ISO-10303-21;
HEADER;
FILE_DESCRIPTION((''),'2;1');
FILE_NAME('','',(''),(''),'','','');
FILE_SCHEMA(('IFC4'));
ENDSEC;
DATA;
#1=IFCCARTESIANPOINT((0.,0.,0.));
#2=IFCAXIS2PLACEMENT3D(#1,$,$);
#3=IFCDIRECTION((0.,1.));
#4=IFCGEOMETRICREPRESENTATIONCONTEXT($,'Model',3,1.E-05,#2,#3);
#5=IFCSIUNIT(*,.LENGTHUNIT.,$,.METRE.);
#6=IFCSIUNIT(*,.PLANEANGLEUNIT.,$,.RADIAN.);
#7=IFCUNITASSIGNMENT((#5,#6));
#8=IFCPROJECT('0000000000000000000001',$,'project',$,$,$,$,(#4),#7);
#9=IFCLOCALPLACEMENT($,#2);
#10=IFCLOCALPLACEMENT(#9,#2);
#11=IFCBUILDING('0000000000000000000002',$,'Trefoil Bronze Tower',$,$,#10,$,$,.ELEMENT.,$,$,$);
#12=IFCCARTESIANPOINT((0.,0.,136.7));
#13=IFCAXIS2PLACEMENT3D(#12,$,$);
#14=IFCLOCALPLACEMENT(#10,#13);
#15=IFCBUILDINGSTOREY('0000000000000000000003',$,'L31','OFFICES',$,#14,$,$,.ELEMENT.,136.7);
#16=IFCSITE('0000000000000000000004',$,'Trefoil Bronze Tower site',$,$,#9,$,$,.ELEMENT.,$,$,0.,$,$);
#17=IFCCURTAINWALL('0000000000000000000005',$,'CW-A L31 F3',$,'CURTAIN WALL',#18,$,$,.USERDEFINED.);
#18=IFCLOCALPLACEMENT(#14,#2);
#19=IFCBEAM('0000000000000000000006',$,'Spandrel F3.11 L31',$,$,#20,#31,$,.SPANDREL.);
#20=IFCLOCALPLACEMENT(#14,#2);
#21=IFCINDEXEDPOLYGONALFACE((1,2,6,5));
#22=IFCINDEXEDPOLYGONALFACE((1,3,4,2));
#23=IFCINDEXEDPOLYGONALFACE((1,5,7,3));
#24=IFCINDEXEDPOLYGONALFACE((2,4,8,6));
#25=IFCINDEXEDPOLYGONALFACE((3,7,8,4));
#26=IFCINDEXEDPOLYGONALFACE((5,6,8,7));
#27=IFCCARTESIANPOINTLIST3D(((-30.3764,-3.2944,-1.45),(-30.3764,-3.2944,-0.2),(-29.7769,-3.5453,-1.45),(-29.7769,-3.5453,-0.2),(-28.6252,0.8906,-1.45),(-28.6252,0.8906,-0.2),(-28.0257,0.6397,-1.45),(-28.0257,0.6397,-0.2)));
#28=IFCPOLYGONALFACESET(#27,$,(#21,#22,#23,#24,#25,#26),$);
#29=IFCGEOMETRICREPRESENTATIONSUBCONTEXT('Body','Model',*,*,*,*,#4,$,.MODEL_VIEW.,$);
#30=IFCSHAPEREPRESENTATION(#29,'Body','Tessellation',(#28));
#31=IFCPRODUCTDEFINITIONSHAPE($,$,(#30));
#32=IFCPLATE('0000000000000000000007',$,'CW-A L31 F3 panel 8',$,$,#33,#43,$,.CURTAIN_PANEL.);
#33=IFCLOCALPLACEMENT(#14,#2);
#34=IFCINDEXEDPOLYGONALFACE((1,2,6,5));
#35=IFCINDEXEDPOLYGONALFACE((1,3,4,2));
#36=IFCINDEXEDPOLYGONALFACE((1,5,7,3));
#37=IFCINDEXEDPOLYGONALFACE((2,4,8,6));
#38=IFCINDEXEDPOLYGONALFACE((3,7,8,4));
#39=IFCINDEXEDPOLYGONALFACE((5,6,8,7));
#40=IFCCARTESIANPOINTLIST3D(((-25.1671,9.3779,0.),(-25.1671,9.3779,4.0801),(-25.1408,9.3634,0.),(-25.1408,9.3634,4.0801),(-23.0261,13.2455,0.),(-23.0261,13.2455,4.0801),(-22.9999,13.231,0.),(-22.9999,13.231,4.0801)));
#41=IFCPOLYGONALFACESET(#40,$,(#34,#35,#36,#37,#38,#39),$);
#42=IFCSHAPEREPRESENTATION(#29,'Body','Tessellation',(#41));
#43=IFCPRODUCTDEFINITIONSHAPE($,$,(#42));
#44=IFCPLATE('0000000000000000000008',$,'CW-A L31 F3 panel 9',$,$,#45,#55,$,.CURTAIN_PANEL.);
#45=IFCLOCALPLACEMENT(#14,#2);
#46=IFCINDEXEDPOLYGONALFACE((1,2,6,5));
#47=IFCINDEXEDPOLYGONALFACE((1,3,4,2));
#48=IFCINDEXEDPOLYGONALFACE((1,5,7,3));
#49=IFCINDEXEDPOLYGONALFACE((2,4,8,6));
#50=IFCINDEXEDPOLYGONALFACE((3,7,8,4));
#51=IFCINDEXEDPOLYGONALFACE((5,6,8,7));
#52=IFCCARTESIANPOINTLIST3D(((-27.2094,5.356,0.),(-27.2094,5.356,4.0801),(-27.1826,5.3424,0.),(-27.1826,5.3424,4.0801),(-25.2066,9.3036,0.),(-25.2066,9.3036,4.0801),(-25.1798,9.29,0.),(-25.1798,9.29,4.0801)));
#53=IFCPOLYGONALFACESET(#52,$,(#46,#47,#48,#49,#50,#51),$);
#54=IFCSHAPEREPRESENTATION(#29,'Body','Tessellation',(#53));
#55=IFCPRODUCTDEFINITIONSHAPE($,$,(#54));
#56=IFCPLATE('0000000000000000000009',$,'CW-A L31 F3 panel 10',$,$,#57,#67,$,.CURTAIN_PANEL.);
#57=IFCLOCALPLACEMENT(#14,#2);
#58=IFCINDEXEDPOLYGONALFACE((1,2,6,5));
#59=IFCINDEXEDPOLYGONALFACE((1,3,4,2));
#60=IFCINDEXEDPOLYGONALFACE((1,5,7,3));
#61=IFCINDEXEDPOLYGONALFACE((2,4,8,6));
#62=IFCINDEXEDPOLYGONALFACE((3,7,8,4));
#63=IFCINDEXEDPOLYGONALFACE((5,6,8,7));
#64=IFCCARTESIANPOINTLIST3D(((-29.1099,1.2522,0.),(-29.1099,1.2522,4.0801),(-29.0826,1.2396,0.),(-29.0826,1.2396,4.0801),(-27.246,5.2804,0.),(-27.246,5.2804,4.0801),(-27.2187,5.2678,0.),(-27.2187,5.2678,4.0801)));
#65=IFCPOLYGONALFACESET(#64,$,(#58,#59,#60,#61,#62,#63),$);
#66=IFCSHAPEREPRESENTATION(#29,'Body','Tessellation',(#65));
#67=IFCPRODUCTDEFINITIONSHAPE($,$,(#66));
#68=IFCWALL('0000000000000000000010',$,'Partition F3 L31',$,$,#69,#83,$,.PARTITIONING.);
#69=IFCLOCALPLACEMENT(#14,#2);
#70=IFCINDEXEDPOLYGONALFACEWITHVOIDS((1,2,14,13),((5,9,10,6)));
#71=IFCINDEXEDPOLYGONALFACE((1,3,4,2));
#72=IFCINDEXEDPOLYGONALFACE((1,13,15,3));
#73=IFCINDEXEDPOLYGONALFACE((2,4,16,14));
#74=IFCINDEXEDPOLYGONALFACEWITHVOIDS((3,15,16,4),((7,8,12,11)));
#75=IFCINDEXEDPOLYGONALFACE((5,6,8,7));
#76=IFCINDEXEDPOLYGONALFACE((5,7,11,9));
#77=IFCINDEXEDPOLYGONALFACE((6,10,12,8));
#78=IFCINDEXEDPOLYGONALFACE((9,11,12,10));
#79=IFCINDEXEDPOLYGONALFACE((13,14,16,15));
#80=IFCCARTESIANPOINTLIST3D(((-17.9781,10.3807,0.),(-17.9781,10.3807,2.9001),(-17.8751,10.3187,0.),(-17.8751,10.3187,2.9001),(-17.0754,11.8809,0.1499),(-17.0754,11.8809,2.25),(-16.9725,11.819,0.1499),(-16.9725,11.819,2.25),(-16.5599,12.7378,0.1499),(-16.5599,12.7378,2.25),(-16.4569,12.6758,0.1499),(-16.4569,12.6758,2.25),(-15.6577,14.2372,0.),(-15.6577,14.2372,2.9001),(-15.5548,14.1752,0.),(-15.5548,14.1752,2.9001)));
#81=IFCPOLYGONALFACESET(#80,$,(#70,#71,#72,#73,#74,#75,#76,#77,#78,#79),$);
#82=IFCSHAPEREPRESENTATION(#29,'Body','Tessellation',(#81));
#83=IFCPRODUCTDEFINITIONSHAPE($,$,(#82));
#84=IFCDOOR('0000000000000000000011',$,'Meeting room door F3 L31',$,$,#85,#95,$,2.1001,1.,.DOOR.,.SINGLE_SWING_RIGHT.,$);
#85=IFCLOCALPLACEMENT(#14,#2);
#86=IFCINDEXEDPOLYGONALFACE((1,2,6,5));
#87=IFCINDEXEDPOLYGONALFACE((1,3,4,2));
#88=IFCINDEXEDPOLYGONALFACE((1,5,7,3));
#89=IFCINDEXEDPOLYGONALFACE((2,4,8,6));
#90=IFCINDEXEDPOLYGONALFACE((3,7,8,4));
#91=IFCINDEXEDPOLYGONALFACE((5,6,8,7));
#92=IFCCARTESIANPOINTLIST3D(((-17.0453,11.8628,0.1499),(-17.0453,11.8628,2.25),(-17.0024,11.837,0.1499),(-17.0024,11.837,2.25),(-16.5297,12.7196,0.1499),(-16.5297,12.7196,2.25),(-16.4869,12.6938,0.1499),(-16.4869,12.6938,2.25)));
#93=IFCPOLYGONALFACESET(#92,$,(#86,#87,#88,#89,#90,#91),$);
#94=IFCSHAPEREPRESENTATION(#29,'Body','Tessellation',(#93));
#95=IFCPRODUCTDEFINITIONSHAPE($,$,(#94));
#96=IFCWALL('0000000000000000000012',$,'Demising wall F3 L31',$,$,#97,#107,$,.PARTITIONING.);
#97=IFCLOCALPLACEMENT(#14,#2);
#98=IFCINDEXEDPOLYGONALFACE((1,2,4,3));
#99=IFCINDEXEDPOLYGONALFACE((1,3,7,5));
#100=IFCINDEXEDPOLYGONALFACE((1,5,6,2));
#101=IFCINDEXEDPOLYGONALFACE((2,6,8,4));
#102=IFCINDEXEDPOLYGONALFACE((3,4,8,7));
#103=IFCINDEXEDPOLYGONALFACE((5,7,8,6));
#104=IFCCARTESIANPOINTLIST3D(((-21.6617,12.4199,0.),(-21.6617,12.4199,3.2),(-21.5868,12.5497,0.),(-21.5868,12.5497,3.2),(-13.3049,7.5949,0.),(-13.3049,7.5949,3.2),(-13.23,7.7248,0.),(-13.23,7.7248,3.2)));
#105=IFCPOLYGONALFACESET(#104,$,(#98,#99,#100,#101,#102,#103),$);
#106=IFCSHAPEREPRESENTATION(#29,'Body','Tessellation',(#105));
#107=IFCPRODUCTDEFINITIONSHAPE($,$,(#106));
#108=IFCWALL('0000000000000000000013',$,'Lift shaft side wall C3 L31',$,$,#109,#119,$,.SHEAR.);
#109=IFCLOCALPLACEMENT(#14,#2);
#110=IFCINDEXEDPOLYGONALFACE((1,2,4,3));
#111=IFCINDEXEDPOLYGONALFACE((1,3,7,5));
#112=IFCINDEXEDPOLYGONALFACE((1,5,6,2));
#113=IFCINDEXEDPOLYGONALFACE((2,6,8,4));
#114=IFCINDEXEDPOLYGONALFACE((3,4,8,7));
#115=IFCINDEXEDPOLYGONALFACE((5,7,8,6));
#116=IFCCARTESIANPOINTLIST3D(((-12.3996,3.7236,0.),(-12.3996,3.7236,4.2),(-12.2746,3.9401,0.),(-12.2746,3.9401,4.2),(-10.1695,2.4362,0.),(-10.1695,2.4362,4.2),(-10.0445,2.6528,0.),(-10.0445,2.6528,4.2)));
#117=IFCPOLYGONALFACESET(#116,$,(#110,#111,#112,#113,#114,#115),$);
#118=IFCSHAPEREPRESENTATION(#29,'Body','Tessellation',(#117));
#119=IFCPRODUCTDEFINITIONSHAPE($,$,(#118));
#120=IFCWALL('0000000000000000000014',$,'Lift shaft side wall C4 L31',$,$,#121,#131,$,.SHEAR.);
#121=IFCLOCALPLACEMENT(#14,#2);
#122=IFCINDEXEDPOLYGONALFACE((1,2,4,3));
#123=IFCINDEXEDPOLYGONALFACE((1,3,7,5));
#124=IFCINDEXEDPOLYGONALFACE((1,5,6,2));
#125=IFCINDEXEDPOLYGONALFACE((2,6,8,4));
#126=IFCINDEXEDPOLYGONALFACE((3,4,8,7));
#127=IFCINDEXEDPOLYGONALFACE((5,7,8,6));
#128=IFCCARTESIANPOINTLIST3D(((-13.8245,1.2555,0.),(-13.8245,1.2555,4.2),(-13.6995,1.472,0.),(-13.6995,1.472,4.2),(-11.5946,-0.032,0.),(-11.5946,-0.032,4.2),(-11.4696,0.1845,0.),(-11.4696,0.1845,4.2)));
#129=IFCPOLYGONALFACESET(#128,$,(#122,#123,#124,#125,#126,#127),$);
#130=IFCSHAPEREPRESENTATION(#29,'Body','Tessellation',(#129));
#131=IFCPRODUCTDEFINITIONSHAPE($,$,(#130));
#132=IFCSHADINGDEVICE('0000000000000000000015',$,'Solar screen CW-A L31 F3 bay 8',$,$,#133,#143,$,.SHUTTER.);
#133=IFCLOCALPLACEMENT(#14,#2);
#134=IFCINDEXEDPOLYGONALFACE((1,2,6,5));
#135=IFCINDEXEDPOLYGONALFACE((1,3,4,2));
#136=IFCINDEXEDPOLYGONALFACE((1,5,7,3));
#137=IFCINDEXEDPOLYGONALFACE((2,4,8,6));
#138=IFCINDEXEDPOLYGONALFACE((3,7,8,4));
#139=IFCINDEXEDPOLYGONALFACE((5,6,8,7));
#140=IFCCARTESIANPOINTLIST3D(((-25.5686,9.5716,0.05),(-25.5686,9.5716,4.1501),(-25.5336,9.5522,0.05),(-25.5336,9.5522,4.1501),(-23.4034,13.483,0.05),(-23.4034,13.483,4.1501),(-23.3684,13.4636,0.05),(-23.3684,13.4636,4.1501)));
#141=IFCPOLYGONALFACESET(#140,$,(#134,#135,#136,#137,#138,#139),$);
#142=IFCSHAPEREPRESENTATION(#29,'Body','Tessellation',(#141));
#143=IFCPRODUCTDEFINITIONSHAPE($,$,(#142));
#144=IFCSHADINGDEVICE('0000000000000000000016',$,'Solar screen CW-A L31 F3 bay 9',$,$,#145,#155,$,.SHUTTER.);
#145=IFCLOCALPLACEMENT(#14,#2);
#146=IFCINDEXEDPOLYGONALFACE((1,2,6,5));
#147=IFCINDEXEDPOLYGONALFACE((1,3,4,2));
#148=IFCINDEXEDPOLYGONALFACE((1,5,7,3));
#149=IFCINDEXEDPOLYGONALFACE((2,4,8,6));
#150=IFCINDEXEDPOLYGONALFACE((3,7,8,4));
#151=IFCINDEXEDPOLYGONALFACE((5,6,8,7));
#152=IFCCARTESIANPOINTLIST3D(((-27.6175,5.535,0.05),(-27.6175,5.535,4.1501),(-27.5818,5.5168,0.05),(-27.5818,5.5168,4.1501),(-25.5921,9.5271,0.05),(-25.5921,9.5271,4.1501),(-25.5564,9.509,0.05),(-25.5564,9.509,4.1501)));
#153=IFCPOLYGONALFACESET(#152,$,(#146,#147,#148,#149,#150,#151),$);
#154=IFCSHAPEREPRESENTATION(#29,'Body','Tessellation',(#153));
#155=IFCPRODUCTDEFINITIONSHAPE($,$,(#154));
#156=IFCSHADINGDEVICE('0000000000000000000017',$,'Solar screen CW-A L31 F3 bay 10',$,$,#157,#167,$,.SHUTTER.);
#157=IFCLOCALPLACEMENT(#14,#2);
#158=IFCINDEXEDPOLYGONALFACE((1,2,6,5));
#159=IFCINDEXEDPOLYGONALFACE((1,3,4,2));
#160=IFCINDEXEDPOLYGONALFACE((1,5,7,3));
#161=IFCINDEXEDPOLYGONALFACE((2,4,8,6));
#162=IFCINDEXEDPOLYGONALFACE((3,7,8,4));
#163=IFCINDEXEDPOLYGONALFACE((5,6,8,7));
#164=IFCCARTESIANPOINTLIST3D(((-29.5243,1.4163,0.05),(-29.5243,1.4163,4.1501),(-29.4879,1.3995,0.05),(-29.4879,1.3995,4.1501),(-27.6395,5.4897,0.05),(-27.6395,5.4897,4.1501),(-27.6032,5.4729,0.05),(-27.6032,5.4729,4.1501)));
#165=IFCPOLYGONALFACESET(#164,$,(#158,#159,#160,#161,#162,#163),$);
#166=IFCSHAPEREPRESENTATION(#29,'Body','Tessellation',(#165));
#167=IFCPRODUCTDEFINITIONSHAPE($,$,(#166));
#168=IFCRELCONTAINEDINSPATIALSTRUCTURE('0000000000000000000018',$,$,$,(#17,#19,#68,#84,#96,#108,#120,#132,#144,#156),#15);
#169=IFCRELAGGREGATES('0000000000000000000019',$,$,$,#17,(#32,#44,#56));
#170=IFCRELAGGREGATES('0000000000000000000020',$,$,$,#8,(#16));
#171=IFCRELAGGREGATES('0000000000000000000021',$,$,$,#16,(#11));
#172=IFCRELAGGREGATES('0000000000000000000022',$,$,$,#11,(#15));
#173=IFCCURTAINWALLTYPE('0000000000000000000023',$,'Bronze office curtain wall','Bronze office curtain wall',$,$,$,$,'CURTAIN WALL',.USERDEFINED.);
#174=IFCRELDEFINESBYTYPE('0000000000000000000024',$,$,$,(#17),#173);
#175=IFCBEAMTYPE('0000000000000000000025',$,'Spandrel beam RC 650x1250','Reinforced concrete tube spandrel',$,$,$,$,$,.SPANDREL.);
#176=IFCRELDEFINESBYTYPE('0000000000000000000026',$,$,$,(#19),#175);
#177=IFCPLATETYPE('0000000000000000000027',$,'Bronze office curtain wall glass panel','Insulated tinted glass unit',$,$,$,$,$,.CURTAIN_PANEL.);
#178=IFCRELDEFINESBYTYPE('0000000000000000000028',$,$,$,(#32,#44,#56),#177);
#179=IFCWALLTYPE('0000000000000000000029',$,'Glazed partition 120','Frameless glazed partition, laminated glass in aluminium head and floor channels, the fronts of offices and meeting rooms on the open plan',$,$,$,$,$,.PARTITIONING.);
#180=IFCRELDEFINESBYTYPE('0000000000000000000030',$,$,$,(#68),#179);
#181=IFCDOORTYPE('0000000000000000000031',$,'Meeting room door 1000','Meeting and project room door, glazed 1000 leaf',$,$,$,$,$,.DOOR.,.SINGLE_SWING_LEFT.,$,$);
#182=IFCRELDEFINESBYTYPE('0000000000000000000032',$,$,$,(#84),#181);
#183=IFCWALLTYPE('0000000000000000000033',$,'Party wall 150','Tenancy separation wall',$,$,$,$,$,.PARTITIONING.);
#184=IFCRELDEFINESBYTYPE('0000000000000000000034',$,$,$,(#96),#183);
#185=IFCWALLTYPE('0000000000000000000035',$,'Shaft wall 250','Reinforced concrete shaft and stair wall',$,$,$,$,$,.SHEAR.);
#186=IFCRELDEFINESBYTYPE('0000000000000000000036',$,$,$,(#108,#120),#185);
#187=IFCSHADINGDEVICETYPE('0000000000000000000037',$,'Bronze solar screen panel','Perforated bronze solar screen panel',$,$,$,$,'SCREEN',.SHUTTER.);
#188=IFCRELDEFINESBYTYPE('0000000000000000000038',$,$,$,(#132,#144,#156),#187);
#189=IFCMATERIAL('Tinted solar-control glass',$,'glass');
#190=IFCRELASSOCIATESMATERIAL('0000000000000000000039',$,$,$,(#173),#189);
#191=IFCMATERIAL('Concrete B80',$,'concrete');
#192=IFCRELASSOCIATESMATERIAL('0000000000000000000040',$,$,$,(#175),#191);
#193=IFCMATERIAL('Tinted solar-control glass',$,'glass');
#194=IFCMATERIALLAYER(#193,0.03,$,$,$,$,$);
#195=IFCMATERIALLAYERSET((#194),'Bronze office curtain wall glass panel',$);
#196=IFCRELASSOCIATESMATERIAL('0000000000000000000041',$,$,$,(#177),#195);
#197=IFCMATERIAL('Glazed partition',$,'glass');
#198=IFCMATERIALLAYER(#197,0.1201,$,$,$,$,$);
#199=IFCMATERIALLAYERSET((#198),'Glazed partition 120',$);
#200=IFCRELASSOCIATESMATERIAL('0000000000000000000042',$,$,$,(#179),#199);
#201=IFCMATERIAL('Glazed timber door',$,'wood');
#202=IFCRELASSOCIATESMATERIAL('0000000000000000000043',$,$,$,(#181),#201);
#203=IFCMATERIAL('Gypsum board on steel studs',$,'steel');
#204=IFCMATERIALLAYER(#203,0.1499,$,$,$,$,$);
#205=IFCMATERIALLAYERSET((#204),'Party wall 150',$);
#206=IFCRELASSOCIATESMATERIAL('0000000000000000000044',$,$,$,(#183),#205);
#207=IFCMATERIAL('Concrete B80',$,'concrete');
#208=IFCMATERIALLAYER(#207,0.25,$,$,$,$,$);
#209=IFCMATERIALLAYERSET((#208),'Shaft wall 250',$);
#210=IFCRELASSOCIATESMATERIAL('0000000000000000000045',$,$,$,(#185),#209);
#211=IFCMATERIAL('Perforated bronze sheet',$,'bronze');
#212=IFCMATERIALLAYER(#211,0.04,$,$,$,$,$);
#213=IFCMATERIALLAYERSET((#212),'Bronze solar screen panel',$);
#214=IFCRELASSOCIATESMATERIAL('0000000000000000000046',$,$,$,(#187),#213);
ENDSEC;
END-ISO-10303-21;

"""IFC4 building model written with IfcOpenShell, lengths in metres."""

from ifc_helpers import new_model, si_unit, direction, frame, frame_2d, origin, origin_2d, place, context, subcontext, project, spatial, rectangle, extrude, material, layer, layer_set, material_profile, profile_set, type_object, element, fill, aggregate, save


model = new_model("IFC4")

# Units and contexts
model_context = context("Model", 3, precision=1e-05, world=origin(), true_north=direction((0.0, 1.0)))
body_context = subcontext(model_context, "Body", "Model", "MODEL_VIEW")
ifc_project = project(units=[si_unit("LENGTHUNIT", "METRE"), si_unit("PLANEANGLEUNIT", "RADIAN")], contexts=[model_context])

# Site, building, storey
site_placement = place(None, origin())
site = spatial("IfcSite", under=ifc_project, at=site_placement, Name="Trefoil Bronze Tower site", CompositionType="ELEMENT", RefElevation=0.0)
building_placement = place(site_placement, origin())
building = spatial("IfcBuilding", under=site, at=building_placement, Name="Trefoil Bronze Tower", CompositionType="ELEMENT")
storey_placement = place(building_placement, frame((0.0, 0.0, 136.7)))
storey = spatial("IfcBuildingStorey", under=building, at=storey_placement, Name="L31", Description="OFFICES", CompositionType="ELEMENT", Elevation=136.7)

# Curtain wall
ifc_material_1 = material(Name="Tinted solar-control glass", Category="glass")
curtain_wall_type = type_object("IfcCurtainWallType", Name="Bronze office curtain wall", Description="Bronze office curtain wall", ElementType="CURTAIN WALL", PredefinedType="USERDEFINED", material=ifc_material_1)
curtain_wall_placement = place(storey_placement, origin())
curtain_wall = element("IfcCurtainWall", 1, at=curtain_wall_placement, inside=storey, type_object=curtain_wall_type, Name="CW-A L31 F3", ObjectType="CURTAIN WALL", PredefinedType="USERDEFINED")

# Beam
ifc_material_2 = material(Name="Concrete B80", Category="concrete")
ifc_material_profile_1 = material_profile(ifc_material_2, rectangle(XDim=0.6499, YDim=1.25, at=origin_2d()), Name="RC 650x1250")
ifc_profile_set_1 = profile_set([ifc_material_profile_1], Name="Concrete B80")
beam_type_1 = type_object("IfcBeamType", Name="Spandrel beam RC 650x1250", Description="Reinforced concrete tube spandrel", PredefinedType="SPANDREL", material=ifc_profile_set_1)
beam_1_placement = place(storey_placement, frame((-28.3254, 0.7651, -0.825), z_axis=(-0.386013, -0.922493, 0.0), x_axis=(0.922493, -0.386013, 0.0)))
element("IfcBeam", 2, at=beam_1_placement, inside=storey, type_object=beam_type_1, Name="Spandrel F3.11 L31", PredefinedType="SPANDREL", context=body_context, shape_type="SweptSolid", body=[
    extrude(rectangle(XDim=0.6499, YDim=1.25, at=origin_2d()), origin(), (0.0, 0.0, 1.0), 4.5366),
])

# Plates
ifc_material_3 = material(Name="Tinted solar-control glass", Category="glass")
ifc_layer_1 = layer(ifc_material_3, 0.03)
ifc_layer_set_1 = layer_set([ifc_layer_1], Name="Bronze office curtain wall glass panel")
plate_type = type_object("IfcPlateType", Name="Bronze office curtain wall glass panel", Description="Insulated tinted glass unit", PredefinedType="CURTAIN_PANEL", material=ifc_layer_set_1)
plate_1_placement = place(storey_placement, frame((-24.0835, 11.3044, 0.0), z_axis=(0.0, 0.0, 1.0), x_axis=(-0.484312, -0.874895, 0.0)))
plate_1 = element("IfcPlate", 3, at=plate_1_placement, type_object=plate_type, Name="CW-A L31 F3 panel 8", PredefinedType="CURTAIN_PANEL", context=body_context, shape_type="SweptSolid", body=[
    extrude(rectangle(XDim=4.4207, YDim=0.03, at=origin_2d()), origin(), (0.0, 0.0, 1.0), 4.0801),
])
plate_2_placement = place(storey_placement, frame((-26.1946, 7.323, 0.0), z_axis=(0.0, 0.0, 1.0), x_axis=(-0.452449, -0.89179, 0.0)))
plate_2 = element("IfcPlate", 4, at=plate_2_placement, type_object=plate_type, Name="CW-A L31 F3 panel 9", PredefinedType="CURTAIN_PANEL", context=body_context, shape_type="SweptSolid", body=[
    extrude(rectangle(XDim=4.4265, YDim=0.03, at=origin_2d()), origin(), (0.0, 0.0, 1.0), 4.0801),
])
plate_3_placement = place(storey_placement, frame((-28.1643, 3.26, 0.0), z_axis=(0.0, 0.0, 1.0), x_axis=(-0.419933, -0.907555, 0.0)))
plate_3 = element("IfcPlate", 5, at=plate_3_placement, type_object=plate_type, Name="CW-A L31 F3 panel 10", PredefinedType="CURTAIN_PANEL", context=body_context, shape_type="SweptSolid", body=[
    extrude(rectangle(XDim=4.4385, YDim=0.03, at=origin_2d()), origin(), (0.0, 0.0, 1.0), 4.0801),
])
aggregate(curtain_wall, [plate_1, plate_2, plate_3])

# Wall, opening, door
ifc_material_4 = material(Name="Glazed partition", Category="glass")
ifc_layer_2 = layer(ifc_material_4, 0.1201)
ifc_layer_set_2 = layer_set([ifc_layer_2], Name="Glazed partition 120")
wall_type_1 = type_object("IfcWallType", Name="Glazed partition 120", Description="Frameless glazed partition, laminated glass in aluminium head and floor channels, the fronts of offices and meeting rooms on the open plan", PredefinedType="PARTITIONING", material=ifc_layer_set_2)
wall_1_placement = place(storey_placement, frame((-15.6062, 14.2063, 0.0), z_axis=(0.0, 0.0, 1.0), x_axis=(-0.515548, -0.85686, 0.0)))
wall_1 = element("IfcWall", 6, at=wall_1_placement, inside=storey, type_object=wall_type_1, Name="Partition F3 L31", PredefinedType="PARTITIONING", context=body_context, shape_type="SweptSolid", body=[
    extrude(rectangle(XDim=4.5007, YDim=0.1201, at=frame_2d((2.2505, 0.0))), origin(), (0.0, 0.0, 1.0), 2.9001),
])
opening_placement = place(wall_1_placement, frame((1.75, 0.0, 0.1499)))
opening = element("IfcOpeningElement", 7, at=opening_placement, cuts=wall_1, PredefinedType="OPENING", context=body_context, shape_type="SweptSolid", body=[
    extrude(rectangle(XDim=1.0, YDim=2.1001, at=frame_2d((0.5, 1.05))), frame((0.0, 0.0701, 0.0), z_axis=(0.0, -1.0, 0.0), x_axis=(1.0, 0.0, 0.0)), (0.0, 0.0, 1.0), 0.1401),
])
ifc_material_5 = material(Name="Glazed timber door", Category="wood")
door_type = type_object("IfcDoorType", Name="Meeting room door 1000", Description="Meeting and project room door, glazed 1000 leaf", OperationType="SINGLE_SWING_LEFT", PredefinedType="DOOR", material=ifc_material_5)
door_placement = place(opening_placement, frame((1.0, 0.0, 0.0), z_axis=(0.0, 0.0, 1.0), x_axis=(-1.0, 0.0, 0.0)))
door = element("IfcDoor", 8, at=door_placement, inside=storey, type_object=door_type, Name="Meeting room door F3 L31", OperationType="SINGLE_SWING_RIGHT", OverallHeight=2.1001, OverallWidth=1.0, PredefinedType="DOOR", context=body_context, shape_type="SweptSolid", body=[
    extrude(rectangle(XDim=1.0, YDim=2.1001, at=frame_2d((0.5, 1.05))), frame((0.0, 0.0249, 0.0), z_axis=(0.0, -1.0, 0.0), x_axis=(1.0, 0.0, 0.0)), (0.0, 0.0, 1.0), 0.05),
])
fill(opening, door)

# Walls
ifc_material_6 = material(Name="Gypsum board on steel studs", Category="steel")
ifc_layer_3 = layer(ifc_material_6, 0.1499)
ifc_layer_set_3 = layer_set([ifc_layer_3], Name="Party wall 150")
wall_type_2 = type_object("IfcWallType", Name="Party wall 150", Description="Tenancy separation wall", PredefinedType="PARTITIONING", material=ifc_layer_set_3)
wall_2_placement = place(storey_placement, frame((-13.2676, 7.6599, 0.0), z_axis=(0.0, 0.0, 1.0), x_axis=(-0.866016, 0.500017, 0.0)))
element("IfcWall", 9, at=wall_2_placement, inside=storey, type_object=wall_type_2, Name="Demising wall F3 L31", PredefinedType="PARTITIONING", context=body_context, shape_type="SweptSolid", body=[
    extrude(rectangle(XDim=9.6497, YDim=0.1499, at=frame_2d((4.8247, 0.0))), origin(), (0.0, 0.0, 1.0), 3.2),
])
ifc_material_7 = material(Name="Concrete B80", Category="concrete")
ifc_layer_4 = layer(ifc_material_7, 0.25)
ifc_layer_set_4 = layer_set([ifc_layer_4], Name="Shaft wall 250")
wall_type_3 = type_object("IfcWallType", Name="Shaft wall 250", Description="Reinforced concrete shaft and stair wall", PredefinedType="SHEAR", material=ifc_layer_set_4)
for number, where, z_axis, x_axis, name in (
    (10, (-10.1069, 2.5444, 0.0), (0.0, 0.0, 1.0), (-0.866047, 0.499963, 0.0), "Lift shaft side wall C3 L31"),
    (11, (-11.532, 0.0762, 0.0), (0.0, 0.0, 1.0), (-0.866006, 0.500034, 0.0), "Lift shaft side wall C4 L31"),
):
    element("IfcWall", number, at=place(storey_placement, frame(where, z_axis=z_axis, x_axis=x_axis)), inside=storey, type_object=wall_type_3, Name=name, PredefinedType="SHEAR", context=body_context, shape_type="SweptSolid", body=[
        extrude(rectangle(XDim=2.575, YDim=0.25, at=frame_2d((1.2876, 0.0))), origin(), (0.0, 0.0, 1.0), 4.2),
    ])

# Shading devices
ifc_material_8 = material(Name="Perforated bronze sheet", Category="bronze")
ifc_layer_5 = layer(ifc_material_8, 0.04)
ifc_layer_set_5 = layer_set([ifc_layer_5], Name="Bronze solar screen panel")
shading_device_type = type_object("IfcShadingDeviceType", Name="Bronze solar screen panel", Description="Perforated bronze solar screen panel", ElementType="SCREEN", PredefinedType="SHUTTER", material=ifc_layer_set_5)
shading_device_1_placement = place(storey_placement, frame((-24.4685, 11.5176, 0.05), z_axis=(0.0, 0.0, 1.0), x_axis=(-0.484312, -0.874895, 0.0)))
element("IfcShadingDevice", 12, at=shading_device_1_placement, inside=storey, type_object=shading_device_type, Name="Solar screen CW-A L31 F3 bay 8", PredefinedType="SHUTTER", context=body_context, shape_type="SweptSolid", body=[
    extrude(rectangle(XDim=4.4707, YDim=0.04, at=origin_2d()), origin(), (0.0, 0.0, 1.0), 4.1001),
])
shading_device_2_placement = place(storey_placement, frame((-26.5869, 7.522, 0.05), z_axis=(0.0, 0.0, 1.0), x_axis=(-0.452449, -0.89179, 0.0)))
element("IfcShadingDevice", 13, at=shading_device_2_placement, inside=storey, type_object=shading_device_type, Name="Solar screen CW-A L31 F3 bay 9", PredefinedType="SHUTTER", context=body_context, shape_type="SweptSolid", body=[
    extrude(rectangle(XDim=4.4766, YDim=0.04, at=origin_2d()), origin(), (0.0, 0.0, 1.0), 4.1001),
])
shading_device_3_placement = place(storey_placement, frame((-28.5637, 3.4446, 0.05), z_axis=(0.0, 0.0, 1.0), x_axis=(-0.419933, -0.907555, 0.0)))
element("IfcShadingDevice", 14, at=shading_device_3_placement, inside=storey, type_object=shading_device_type, Name="Solar screen CW-A L31 F3 bay 10", PredefinedType="SHUTTER", context=body_context, shape_type="SweptSolid", body=[
    extrude(rectangle(XDim=4.4883, YDim=0.04, at=origin_2d()), origin(), (0.0, 0.0, 1.0), 4.1001),
])

save(model, "model.ifc")
